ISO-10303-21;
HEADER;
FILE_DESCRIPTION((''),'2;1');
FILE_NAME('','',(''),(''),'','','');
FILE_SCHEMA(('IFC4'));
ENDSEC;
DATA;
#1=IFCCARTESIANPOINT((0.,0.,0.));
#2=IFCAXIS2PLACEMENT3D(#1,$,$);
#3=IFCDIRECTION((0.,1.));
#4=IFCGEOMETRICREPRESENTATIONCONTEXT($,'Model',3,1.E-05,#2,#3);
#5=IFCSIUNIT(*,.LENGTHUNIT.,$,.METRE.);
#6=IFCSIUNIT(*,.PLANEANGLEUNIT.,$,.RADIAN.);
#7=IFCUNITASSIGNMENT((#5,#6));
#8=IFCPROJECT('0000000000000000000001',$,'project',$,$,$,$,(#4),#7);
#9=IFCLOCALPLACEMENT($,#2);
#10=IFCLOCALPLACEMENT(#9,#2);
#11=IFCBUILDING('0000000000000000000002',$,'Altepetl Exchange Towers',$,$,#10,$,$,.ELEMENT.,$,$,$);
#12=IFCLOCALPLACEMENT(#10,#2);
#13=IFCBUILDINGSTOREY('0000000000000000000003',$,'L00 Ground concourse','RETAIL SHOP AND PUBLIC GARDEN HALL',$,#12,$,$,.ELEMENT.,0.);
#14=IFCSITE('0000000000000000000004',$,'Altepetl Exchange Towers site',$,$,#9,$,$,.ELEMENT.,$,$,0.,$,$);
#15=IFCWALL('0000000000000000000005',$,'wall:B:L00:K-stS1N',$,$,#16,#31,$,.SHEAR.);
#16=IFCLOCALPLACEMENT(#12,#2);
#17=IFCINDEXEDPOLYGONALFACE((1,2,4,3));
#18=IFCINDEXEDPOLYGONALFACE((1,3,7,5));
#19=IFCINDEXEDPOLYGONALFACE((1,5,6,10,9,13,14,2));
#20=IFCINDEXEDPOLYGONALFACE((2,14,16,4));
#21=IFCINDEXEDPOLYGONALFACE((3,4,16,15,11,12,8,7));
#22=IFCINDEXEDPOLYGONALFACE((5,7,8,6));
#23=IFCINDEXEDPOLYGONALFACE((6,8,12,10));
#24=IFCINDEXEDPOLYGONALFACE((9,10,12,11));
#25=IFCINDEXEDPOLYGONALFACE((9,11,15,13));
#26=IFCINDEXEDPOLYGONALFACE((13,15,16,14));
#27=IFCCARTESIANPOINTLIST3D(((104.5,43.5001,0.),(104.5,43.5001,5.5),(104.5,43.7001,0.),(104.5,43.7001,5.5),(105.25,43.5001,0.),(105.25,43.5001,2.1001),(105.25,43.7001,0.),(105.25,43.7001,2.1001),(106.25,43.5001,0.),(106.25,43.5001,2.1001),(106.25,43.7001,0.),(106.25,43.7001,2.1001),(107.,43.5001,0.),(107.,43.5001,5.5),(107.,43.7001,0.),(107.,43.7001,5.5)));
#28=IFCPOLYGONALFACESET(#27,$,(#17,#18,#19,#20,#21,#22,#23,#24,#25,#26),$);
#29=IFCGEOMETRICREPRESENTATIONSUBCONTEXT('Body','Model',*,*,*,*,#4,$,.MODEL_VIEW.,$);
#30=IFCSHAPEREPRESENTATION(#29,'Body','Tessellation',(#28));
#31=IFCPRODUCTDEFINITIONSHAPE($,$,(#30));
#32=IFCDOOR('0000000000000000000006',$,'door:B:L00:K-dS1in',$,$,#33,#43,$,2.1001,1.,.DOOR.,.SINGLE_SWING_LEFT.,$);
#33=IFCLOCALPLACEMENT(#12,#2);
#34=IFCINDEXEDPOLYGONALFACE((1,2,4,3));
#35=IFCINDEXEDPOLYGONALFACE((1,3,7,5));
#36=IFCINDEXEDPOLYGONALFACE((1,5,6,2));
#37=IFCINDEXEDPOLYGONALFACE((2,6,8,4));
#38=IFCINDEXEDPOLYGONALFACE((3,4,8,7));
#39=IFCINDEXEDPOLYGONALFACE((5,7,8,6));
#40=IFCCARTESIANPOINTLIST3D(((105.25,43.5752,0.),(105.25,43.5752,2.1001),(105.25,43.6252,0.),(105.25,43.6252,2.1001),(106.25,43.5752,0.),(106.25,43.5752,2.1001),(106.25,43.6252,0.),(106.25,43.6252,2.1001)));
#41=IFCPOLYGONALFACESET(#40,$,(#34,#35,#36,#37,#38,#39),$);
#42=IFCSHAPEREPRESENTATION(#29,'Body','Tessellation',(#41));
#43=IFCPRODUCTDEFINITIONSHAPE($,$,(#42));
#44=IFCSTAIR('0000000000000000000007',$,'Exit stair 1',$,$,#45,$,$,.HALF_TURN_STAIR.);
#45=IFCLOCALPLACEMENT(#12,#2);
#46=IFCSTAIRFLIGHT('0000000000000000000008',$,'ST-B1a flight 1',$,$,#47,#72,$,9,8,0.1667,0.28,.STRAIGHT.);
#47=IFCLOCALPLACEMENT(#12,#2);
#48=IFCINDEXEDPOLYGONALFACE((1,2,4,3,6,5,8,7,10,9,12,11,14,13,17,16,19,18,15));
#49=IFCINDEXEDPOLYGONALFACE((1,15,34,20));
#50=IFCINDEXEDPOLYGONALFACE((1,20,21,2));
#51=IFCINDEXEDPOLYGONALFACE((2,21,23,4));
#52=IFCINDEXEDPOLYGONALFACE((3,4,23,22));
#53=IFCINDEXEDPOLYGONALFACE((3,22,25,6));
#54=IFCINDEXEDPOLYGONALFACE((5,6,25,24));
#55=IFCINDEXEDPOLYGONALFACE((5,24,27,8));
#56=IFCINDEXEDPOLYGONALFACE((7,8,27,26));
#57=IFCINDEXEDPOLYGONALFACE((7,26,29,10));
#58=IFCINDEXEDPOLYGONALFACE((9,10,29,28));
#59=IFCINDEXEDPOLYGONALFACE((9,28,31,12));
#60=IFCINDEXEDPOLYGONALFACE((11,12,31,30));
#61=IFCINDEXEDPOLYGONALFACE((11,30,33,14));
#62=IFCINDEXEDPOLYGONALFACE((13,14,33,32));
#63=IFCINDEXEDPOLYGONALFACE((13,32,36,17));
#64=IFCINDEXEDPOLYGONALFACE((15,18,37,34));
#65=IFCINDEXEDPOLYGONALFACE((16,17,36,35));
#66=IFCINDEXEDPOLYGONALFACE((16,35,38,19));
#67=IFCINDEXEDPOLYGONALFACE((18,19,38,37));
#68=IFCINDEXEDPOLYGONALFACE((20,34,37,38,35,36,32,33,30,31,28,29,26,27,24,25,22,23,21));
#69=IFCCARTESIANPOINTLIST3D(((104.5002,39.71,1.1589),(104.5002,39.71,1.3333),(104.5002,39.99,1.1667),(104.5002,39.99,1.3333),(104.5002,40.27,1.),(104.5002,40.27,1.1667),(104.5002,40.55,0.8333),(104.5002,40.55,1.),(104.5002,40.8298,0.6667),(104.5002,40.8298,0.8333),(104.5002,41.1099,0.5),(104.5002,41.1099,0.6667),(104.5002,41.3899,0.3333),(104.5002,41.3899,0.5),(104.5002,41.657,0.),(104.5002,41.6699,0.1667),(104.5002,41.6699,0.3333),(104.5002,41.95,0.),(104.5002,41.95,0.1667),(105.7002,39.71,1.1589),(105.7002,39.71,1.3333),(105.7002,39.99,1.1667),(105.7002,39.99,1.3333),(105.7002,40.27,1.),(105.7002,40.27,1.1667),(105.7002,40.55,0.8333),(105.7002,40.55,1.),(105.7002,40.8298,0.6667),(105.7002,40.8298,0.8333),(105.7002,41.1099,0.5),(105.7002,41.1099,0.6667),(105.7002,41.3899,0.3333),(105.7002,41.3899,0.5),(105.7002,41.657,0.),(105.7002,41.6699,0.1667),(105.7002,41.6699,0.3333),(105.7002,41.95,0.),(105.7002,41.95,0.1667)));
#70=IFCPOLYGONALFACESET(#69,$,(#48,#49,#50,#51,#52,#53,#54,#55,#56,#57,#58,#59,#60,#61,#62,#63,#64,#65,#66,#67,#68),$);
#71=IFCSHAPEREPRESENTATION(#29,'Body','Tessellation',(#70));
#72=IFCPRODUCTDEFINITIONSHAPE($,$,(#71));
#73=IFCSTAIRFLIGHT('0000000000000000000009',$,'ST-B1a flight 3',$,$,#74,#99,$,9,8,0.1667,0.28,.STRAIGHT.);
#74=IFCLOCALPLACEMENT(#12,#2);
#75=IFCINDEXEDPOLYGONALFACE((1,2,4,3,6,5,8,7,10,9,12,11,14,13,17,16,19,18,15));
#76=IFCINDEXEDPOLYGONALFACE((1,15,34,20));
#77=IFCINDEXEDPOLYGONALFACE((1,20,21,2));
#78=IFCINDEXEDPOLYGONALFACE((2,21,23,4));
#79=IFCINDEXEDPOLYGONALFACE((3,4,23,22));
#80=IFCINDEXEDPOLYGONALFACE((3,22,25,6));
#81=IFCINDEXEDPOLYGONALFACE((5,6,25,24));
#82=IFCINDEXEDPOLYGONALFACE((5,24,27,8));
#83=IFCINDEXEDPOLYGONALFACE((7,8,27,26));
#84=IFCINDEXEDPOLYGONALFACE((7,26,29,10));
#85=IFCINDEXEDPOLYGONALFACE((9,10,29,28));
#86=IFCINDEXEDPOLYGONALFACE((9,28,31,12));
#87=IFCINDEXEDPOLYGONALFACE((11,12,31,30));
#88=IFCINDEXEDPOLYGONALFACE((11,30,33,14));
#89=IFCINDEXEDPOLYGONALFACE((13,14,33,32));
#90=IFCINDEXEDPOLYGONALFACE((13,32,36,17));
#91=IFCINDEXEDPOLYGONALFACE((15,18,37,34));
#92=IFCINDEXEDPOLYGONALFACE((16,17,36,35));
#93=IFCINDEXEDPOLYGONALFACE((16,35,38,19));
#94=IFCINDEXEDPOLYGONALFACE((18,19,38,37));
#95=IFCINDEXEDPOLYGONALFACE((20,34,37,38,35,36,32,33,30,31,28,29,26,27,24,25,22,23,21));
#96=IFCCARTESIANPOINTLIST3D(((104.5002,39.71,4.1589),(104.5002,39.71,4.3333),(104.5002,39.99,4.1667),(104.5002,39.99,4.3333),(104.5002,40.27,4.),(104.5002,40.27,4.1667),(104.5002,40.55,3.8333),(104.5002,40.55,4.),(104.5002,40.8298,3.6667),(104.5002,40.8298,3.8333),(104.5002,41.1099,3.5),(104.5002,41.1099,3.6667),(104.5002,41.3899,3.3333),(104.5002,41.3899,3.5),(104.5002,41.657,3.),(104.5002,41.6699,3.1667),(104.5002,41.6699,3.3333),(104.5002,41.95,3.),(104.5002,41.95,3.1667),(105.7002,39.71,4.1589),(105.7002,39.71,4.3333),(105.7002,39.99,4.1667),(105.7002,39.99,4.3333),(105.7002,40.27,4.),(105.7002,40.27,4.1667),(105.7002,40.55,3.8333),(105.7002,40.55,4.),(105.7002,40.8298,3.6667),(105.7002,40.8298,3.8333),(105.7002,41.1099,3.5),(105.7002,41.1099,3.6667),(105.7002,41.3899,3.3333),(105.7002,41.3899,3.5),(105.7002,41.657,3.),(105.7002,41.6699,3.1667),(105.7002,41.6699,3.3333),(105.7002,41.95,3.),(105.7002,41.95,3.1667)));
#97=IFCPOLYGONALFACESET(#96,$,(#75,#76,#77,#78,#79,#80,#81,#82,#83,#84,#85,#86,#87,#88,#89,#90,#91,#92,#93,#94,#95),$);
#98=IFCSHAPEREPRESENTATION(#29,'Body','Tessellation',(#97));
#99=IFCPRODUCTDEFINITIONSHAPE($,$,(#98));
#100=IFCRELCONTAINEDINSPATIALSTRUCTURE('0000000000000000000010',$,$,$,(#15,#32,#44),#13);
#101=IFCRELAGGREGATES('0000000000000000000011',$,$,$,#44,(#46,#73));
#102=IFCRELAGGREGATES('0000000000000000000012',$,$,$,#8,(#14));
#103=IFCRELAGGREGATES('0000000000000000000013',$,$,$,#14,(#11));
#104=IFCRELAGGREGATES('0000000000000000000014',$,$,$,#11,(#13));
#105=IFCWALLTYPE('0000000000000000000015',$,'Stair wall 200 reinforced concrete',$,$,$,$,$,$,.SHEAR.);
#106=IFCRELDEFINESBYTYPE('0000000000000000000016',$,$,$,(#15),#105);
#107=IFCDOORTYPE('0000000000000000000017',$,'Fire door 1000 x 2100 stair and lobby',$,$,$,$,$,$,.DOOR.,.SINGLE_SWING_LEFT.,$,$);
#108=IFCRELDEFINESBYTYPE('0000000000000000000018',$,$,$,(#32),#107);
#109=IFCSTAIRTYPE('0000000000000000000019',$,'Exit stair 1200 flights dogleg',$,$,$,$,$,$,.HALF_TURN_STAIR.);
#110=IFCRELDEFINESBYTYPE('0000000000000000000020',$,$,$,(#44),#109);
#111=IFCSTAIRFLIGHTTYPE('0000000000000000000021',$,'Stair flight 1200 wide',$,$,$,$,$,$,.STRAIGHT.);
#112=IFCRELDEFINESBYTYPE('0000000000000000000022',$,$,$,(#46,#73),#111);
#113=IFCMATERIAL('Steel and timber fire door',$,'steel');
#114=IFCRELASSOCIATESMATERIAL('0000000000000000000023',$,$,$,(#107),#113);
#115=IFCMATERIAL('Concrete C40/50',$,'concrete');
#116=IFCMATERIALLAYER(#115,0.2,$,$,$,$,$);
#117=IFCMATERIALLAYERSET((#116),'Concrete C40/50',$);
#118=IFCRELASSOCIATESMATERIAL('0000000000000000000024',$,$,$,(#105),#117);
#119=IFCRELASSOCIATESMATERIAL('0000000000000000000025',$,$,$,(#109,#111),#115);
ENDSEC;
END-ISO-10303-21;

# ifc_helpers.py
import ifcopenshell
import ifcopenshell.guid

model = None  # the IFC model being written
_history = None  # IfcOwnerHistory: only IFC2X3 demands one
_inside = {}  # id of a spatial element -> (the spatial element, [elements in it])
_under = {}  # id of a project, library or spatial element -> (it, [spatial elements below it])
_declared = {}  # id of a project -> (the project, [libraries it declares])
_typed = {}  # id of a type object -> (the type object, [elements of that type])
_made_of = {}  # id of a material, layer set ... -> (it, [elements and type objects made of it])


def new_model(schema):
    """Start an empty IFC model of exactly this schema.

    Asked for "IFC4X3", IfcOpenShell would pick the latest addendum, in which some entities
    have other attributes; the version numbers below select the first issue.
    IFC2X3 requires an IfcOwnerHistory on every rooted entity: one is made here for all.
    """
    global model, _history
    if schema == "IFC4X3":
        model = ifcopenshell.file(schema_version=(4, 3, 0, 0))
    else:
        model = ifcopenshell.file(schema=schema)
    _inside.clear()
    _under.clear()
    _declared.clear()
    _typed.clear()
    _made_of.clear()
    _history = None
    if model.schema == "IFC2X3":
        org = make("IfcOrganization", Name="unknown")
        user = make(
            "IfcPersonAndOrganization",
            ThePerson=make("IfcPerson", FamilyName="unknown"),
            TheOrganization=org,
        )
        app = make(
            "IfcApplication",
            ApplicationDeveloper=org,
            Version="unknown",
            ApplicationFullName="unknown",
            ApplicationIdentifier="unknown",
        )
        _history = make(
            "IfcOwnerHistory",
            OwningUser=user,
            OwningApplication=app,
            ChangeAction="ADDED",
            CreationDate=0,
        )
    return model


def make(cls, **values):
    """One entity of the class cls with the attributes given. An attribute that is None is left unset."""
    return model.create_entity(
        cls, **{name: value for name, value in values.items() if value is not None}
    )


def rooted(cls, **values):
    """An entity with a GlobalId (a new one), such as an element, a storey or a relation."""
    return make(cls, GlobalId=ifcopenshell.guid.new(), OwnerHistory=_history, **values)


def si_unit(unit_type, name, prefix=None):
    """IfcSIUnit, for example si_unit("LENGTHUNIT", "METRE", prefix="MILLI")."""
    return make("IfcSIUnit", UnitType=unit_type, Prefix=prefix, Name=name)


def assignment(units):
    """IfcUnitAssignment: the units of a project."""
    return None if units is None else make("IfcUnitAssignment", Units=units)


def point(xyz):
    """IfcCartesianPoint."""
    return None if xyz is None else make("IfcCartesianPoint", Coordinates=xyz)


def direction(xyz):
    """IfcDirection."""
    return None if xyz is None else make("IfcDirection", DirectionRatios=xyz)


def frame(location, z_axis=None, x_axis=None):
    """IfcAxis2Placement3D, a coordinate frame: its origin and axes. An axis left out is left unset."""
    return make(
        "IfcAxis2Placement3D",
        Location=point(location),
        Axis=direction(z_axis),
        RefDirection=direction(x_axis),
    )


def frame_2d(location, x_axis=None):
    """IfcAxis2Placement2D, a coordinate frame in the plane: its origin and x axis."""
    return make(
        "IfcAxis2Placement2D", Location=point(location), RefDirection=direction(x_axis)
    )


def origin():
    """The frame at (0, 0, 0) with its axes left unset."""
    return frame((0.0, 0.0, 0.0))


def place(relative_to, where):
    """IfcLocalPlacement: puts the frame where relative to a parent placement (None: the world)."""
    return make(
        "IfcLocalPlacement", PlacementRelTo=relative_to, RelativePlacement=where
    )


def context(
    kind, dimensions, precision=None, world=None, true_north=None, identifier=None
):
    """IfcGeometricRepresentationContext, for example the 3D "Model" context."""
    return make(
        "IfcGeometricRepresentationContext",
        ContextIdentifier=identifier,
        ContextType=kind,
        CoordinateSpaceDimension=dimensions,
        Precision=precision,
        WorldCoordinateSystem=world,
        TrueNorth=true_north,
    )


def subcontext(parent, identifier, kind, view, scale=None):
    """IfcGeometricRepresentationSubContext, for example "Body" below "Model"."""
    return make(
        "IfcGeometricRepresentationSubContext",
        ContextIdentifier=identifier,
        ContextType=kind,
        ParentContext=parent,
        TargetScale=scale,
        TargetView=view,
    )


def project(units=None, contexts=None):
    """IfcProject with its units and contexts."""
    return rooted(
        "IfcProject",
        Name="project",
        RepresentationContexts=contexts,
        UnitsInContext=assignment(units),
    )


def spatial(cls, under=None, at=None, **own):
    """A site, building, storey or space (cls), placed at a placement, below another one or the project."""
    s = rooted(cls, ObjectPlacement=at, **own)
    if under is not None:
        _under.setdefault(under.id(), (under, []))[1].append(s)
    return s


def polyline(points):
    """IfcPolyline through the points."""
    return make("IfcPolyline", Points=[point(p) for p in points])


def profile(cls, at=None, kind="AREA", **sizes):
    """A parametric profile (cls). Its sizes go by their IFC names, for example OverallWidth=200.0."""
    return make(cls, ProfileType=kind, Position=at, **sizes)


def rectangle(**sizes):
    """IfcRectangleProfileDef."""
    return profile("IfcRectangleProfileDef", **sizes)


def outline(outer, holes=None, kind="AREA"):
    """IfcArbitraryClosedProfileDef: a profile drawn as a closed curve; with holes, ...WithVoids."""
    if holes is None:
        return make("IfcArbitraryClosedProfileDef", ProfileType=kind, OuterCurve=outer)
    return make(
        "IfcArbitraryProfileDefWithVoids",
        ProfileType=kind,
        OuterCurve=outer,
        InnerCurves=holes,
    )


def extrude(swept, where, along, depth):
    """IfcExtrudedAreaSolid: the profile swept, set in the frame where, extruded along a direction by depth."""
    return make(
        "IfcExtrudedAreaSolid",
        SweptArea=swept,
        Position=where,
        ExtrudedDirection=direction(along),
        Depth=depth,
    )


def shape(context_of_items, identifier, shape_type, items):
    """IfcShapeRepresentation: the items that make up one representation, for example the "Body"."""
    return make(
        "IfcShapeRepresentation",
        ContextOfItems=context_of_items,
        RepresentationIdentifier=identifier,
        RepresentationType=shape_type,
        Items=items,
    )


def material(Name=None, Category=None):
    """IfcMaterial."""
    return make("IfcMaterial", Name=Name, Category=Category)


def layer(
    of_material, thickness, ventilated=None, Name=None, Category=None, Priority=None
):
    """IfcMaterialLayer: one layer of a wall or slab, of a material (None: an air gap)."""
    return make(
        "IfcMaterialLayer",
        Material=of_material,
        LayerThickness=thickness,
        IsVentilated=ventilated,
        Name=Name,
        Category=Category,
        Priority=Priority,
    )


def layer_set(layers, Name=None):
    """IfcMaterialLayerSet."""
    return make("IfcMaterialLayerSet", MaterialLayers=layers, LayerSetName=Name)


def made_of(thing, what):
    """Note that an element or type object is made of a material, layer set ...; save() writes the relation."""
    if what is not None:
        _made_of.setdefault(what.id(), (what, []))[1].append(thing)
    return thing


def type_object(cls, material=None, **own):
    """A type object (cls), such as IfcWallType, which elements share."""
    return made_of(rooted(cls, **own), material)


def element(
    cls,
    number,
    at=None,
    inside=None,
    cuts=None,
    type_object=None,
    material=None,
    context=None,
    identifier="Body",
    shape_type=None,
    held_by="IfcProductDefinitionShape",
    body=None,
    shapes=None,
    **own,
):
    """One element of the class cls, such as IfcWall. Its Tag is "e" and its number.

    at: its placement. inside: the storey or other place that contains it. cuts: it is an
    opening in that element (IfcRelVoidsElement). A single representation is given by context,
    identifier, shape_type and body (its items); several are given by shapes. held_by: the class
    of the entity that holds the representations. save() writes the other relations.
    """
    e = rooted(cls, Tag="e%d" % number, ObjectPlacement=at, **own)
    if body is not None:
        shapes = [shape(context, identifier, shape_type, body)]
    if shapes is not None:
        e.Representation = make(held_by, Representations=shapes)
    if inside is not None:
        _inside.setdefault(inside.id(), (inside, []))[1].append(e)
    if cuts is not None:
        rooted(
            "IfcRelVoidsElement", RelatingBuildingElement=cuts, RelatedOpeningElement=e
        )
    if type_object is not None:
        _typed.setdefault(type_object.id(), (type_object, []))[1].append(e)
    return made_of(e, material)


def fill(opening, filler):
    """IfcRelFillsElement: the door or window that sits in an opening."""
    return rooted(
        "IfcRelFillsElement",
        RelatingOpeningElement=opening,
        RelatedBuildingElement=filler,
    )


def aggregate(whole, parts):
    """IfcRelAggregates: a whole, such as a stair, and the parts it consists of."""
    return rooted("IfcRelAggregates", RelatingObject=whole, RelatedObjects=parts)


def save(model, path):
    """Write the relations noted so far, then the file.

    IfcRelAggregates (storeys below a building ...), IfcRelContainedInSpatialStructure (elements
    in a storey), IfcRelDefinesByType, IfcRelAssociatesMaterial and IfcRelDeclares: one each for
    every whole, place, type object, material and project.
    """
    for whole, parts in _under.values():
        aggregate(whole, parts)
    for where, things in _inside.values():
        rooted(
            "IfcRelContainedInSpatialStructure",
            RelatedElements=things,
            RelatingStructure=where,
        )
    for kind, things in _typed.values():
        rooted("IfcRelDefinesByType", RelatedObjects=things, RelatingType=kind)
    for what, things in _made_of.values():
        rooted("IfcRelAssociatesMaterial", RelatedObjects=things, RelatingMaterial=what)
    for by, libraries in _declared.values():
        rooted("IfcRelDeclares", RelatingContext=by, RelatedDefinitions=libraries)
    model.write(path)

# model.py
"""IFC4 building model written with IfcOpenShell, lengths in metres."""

from ifc_helpers import new_model, si_unit, direction, frame, frame_2d, origin, place, context, subcontext, project, spatial, polyline, rectangle, outline, extrude, material, layer, layer_set, type_object, element, fill, aggregate, save


model = new_model("IFC4")

# Units and contexts
model_context = context("Model", 3, precision=1e-05, world=origin(), true_north=direction((0.0, 1.0)))
body_context = subcontext(model_context, "Body", "Model", "MODEL_VIEW")
ifc_project = project(units=[si_unit("LENGTHUNIT", "METRE"), si_unit("PLANEANGLEUNIT", "RADIAN")], contexts=[model_context])

# Site, building, storey
site_placement = place(None, origin())
site = spatial("IfcSite", under=ifc_project, at=site_placement, Name="Altepetl Exchange Towers site", CompositionType="ELEMENT", RefElevation=0.0)
building_placement = place(site_placement, origin())
building = spatial("IfcBuilding", under=site, at=building_placement, Name="Altepetl Exchange Towers", CompositionType="ELEMENT")
storey_placement = place(building_placement, origin())
storey = spatial("IfcBuildingStorey", under=building, at=storey_placement, Name="L00 Ground concourse", Description="RETAIL SHOP AND PUBLIC GARDEN HALL", CompositionType="ELEMENT", Elevation=0.0)

# Shared definitions
ifc_material_1 = material(Name="Steel and timber fire door", Category="steel")
door_type_1 = type_object("IfcDoorType", Name="Fire door 1000 x 2100 stair and lobby", OperationType="SINGLE_SWING_LEFT", PredefinedType="DOOR", material=ifc_material_1)

# Shared definitions
ifc_material_2 = material(Name="Concrete C40/50", Category="concrete")

# Wall, opening, door
ifc_layer_1 = layer(ifc_material_2, 0.2)
ifc_layer_set_1 = layer_set([ifc_layer_1], Name="Concrete C40/50")
wall_type_1 = type_object("IfcWallType", Name="Stair wall 200 reinforced concrete", PredefinedType="SHEAR", material=ifc_layer_set_1)
wall_1_placement = place(storey_placement, frame((104.5, 43.6001, 0.0)))
wall_1 = element("IfcWall", 1, at=wall_1_placement, inside=storey, type_object=wall_type_1, Name="wall:B:L00:K-stS1N", PredefinedType="SHEAR", context=body_context, shape_type="SweptSolid", body=[
    extrude(rectangle(XDim=2.5, YDim=0.2, at=frame_2d((1.25, 0.0))), origin(), (0.0, 0.0, 1.0), 5.5),
])
opening_1_placement = place(wall_1_placement, frame((0.75, 0.0, 0.0)))
opening_1 = element("IfcOpeningElement", 2, at=opening_1_placement, cuts=wall_1, PredefinedType="OPENING", context=body_context, shape_type="SweptSolid", body=[
    extrude(rectangle(XDim=1.0, YDim=2.1001, at=frame_2d((0.5, 1.05))), frame((0.0, 0.1099, 0.0), z_axis=(0.0, -1.0, 0.0), x_axis=(1.0, 0.0, 0.0)), (0.0, 0.0, 1.0), 0.22),
])
door_1_placement = place(opening_1_placement, frame((1.0, 0.0, 0.0), x_axis=(-1.0, 0.0, 0.0)))
door_1 = element("IfcDoor", 3, at=door_1_placement, inside=storey, type_object=door_type_1, Name="door:B:L00:K-dS1in", OperationType="SINGLE_SWING_LEFT", OverallHeight=2.1001, OverallWidth=1.0, PredefinedType="DOOR", context=body_context, shape_type="SweptSolid", body=[
    extrude(rectangle(XDim=1.0, YDim=2.1001, at=frame_2d((0.5, 1.05))), frame((0.0, 0.0249, 0.0), z_axis=(0.0, -1.0, 0.0), x_axis=(1.0, 0.0, 0.0)), (0.0, 0.0, 1.0), 0.05),
])
fill(opening_1, door_1)

# Stair, stair flights
stair_type = type_object("IfcStairType", Name="Exit stair 1200 flights dogleg", PredefinedType="HALF_TURN_STAIR", material=ifc_material_2)
stair_placement = place(storey_placement, origin())
stair = element("IfcStair", 4, at=stair_placement, inside=storey, type_object=stair_type, Name="Exit stair 1", PredefinedType="HALF_TURN_STAIR")
stair_flight_type = type_object("IfcStairFlightType", Name="Stair flight 1200 wide", PredefinedType="STRAIGHT", material=ifc_material_2)
stair_flight_1_placement = place(storey_placement, frame((105.1001, 41.95, 0.0), z_axis=(0.0, 0.0, 1.0), x_axis=(0.0, -1.0, 0.0)))
stair_flight_1 = element("IfcStairFlight", 5, at=stair_flight_1_placement, type_object=stair_flight_type, Name="ST-B1a flight 1", NumberOfRisers=9, NumberOfTreads=8, PredefinedType="STRAIGHT", RiserHeight=0.1667, TreadLength=0.28, context=body_context, shape_type="SweptSolid", body=[
    extrude(outline(polyline([(0.0, 0.0), (0.0, 0.1667), (0.28, 0.1667), (0.28, 0.3333), (0.5601, 0.3333), (0.5601, 0.5), (0.8401, 0.5), (0.8401, 0.6667), (1.1201, 0.6667), (1.1201, 0.8333), (1.3999, 0.8333), (1.3999, 1.0), (1.6799, 1.0), (1.6799, 1.1667), (1.96, 1.1667), (1.96, 1.3333), (2.24, 1.3333), (2.24, 1.5), (2.24, 1.1589), (0.293, 0.0), (0.0, 0.0)])), frame((0.0, 0.6001, 0.0), z_axis=(0.0, -1.0, 0.0), x_axis=(1.0, 0.0, 0.0)), (0.0, 0.0, 1.0), 1.2),
])
stair_flight_2_placement = place(storey_placement, frame((105.1001, 41.95, 3.0), z_axis=(0.0, 0.0, 1.0), x_axis=(0.0, -1.0, 0.0)))
stair_flight_2 = element("IfcStairFlight", 6, at=stair_flight_2_placement, type_object=stair_flight_type, Name="ST-B1a flight 3", NumberOfRisers=9, NumberOfTreads=8, PredefinedType="STRAIGHT", RiserHeight=0.1667, TreadLength=0.28, context=body_context, shape_type="SweptSolid", body=[
    extrude(outline(polyline([(0.0, 0.0), (0.0, 0.1667), (0.28, 0.1667), (0.28, 0.3333), (0.5601, 0.3333), (0.5601, 0.5), (0.8401, 0.5), (0.8401, 0.6667), (1.1201, 0.6667), (1.1201, 0.8333), (1.3999, 0.8333), (1.3999, 1.0), (1.6799, 1.0), (1.6799, 1.1667), (1.96, 1.1667), (1.96, 1.3333), (2.24, 1.3333), (2.24, 1.5), (2.24, 1.1589), (0.293, 0.0), (0.0, 0.0)])), frame((0.0, 0.6001, 0.0), z_axis=(0.0, -1.0, 0.0), x_axis=(1.0, 0.0, 0.0)), (0.0, 0.0, 1.0), 1.2),
])
aggregate(stair, [stair_flight_1, stair_flight_2])

save(model, "model.ifc")
